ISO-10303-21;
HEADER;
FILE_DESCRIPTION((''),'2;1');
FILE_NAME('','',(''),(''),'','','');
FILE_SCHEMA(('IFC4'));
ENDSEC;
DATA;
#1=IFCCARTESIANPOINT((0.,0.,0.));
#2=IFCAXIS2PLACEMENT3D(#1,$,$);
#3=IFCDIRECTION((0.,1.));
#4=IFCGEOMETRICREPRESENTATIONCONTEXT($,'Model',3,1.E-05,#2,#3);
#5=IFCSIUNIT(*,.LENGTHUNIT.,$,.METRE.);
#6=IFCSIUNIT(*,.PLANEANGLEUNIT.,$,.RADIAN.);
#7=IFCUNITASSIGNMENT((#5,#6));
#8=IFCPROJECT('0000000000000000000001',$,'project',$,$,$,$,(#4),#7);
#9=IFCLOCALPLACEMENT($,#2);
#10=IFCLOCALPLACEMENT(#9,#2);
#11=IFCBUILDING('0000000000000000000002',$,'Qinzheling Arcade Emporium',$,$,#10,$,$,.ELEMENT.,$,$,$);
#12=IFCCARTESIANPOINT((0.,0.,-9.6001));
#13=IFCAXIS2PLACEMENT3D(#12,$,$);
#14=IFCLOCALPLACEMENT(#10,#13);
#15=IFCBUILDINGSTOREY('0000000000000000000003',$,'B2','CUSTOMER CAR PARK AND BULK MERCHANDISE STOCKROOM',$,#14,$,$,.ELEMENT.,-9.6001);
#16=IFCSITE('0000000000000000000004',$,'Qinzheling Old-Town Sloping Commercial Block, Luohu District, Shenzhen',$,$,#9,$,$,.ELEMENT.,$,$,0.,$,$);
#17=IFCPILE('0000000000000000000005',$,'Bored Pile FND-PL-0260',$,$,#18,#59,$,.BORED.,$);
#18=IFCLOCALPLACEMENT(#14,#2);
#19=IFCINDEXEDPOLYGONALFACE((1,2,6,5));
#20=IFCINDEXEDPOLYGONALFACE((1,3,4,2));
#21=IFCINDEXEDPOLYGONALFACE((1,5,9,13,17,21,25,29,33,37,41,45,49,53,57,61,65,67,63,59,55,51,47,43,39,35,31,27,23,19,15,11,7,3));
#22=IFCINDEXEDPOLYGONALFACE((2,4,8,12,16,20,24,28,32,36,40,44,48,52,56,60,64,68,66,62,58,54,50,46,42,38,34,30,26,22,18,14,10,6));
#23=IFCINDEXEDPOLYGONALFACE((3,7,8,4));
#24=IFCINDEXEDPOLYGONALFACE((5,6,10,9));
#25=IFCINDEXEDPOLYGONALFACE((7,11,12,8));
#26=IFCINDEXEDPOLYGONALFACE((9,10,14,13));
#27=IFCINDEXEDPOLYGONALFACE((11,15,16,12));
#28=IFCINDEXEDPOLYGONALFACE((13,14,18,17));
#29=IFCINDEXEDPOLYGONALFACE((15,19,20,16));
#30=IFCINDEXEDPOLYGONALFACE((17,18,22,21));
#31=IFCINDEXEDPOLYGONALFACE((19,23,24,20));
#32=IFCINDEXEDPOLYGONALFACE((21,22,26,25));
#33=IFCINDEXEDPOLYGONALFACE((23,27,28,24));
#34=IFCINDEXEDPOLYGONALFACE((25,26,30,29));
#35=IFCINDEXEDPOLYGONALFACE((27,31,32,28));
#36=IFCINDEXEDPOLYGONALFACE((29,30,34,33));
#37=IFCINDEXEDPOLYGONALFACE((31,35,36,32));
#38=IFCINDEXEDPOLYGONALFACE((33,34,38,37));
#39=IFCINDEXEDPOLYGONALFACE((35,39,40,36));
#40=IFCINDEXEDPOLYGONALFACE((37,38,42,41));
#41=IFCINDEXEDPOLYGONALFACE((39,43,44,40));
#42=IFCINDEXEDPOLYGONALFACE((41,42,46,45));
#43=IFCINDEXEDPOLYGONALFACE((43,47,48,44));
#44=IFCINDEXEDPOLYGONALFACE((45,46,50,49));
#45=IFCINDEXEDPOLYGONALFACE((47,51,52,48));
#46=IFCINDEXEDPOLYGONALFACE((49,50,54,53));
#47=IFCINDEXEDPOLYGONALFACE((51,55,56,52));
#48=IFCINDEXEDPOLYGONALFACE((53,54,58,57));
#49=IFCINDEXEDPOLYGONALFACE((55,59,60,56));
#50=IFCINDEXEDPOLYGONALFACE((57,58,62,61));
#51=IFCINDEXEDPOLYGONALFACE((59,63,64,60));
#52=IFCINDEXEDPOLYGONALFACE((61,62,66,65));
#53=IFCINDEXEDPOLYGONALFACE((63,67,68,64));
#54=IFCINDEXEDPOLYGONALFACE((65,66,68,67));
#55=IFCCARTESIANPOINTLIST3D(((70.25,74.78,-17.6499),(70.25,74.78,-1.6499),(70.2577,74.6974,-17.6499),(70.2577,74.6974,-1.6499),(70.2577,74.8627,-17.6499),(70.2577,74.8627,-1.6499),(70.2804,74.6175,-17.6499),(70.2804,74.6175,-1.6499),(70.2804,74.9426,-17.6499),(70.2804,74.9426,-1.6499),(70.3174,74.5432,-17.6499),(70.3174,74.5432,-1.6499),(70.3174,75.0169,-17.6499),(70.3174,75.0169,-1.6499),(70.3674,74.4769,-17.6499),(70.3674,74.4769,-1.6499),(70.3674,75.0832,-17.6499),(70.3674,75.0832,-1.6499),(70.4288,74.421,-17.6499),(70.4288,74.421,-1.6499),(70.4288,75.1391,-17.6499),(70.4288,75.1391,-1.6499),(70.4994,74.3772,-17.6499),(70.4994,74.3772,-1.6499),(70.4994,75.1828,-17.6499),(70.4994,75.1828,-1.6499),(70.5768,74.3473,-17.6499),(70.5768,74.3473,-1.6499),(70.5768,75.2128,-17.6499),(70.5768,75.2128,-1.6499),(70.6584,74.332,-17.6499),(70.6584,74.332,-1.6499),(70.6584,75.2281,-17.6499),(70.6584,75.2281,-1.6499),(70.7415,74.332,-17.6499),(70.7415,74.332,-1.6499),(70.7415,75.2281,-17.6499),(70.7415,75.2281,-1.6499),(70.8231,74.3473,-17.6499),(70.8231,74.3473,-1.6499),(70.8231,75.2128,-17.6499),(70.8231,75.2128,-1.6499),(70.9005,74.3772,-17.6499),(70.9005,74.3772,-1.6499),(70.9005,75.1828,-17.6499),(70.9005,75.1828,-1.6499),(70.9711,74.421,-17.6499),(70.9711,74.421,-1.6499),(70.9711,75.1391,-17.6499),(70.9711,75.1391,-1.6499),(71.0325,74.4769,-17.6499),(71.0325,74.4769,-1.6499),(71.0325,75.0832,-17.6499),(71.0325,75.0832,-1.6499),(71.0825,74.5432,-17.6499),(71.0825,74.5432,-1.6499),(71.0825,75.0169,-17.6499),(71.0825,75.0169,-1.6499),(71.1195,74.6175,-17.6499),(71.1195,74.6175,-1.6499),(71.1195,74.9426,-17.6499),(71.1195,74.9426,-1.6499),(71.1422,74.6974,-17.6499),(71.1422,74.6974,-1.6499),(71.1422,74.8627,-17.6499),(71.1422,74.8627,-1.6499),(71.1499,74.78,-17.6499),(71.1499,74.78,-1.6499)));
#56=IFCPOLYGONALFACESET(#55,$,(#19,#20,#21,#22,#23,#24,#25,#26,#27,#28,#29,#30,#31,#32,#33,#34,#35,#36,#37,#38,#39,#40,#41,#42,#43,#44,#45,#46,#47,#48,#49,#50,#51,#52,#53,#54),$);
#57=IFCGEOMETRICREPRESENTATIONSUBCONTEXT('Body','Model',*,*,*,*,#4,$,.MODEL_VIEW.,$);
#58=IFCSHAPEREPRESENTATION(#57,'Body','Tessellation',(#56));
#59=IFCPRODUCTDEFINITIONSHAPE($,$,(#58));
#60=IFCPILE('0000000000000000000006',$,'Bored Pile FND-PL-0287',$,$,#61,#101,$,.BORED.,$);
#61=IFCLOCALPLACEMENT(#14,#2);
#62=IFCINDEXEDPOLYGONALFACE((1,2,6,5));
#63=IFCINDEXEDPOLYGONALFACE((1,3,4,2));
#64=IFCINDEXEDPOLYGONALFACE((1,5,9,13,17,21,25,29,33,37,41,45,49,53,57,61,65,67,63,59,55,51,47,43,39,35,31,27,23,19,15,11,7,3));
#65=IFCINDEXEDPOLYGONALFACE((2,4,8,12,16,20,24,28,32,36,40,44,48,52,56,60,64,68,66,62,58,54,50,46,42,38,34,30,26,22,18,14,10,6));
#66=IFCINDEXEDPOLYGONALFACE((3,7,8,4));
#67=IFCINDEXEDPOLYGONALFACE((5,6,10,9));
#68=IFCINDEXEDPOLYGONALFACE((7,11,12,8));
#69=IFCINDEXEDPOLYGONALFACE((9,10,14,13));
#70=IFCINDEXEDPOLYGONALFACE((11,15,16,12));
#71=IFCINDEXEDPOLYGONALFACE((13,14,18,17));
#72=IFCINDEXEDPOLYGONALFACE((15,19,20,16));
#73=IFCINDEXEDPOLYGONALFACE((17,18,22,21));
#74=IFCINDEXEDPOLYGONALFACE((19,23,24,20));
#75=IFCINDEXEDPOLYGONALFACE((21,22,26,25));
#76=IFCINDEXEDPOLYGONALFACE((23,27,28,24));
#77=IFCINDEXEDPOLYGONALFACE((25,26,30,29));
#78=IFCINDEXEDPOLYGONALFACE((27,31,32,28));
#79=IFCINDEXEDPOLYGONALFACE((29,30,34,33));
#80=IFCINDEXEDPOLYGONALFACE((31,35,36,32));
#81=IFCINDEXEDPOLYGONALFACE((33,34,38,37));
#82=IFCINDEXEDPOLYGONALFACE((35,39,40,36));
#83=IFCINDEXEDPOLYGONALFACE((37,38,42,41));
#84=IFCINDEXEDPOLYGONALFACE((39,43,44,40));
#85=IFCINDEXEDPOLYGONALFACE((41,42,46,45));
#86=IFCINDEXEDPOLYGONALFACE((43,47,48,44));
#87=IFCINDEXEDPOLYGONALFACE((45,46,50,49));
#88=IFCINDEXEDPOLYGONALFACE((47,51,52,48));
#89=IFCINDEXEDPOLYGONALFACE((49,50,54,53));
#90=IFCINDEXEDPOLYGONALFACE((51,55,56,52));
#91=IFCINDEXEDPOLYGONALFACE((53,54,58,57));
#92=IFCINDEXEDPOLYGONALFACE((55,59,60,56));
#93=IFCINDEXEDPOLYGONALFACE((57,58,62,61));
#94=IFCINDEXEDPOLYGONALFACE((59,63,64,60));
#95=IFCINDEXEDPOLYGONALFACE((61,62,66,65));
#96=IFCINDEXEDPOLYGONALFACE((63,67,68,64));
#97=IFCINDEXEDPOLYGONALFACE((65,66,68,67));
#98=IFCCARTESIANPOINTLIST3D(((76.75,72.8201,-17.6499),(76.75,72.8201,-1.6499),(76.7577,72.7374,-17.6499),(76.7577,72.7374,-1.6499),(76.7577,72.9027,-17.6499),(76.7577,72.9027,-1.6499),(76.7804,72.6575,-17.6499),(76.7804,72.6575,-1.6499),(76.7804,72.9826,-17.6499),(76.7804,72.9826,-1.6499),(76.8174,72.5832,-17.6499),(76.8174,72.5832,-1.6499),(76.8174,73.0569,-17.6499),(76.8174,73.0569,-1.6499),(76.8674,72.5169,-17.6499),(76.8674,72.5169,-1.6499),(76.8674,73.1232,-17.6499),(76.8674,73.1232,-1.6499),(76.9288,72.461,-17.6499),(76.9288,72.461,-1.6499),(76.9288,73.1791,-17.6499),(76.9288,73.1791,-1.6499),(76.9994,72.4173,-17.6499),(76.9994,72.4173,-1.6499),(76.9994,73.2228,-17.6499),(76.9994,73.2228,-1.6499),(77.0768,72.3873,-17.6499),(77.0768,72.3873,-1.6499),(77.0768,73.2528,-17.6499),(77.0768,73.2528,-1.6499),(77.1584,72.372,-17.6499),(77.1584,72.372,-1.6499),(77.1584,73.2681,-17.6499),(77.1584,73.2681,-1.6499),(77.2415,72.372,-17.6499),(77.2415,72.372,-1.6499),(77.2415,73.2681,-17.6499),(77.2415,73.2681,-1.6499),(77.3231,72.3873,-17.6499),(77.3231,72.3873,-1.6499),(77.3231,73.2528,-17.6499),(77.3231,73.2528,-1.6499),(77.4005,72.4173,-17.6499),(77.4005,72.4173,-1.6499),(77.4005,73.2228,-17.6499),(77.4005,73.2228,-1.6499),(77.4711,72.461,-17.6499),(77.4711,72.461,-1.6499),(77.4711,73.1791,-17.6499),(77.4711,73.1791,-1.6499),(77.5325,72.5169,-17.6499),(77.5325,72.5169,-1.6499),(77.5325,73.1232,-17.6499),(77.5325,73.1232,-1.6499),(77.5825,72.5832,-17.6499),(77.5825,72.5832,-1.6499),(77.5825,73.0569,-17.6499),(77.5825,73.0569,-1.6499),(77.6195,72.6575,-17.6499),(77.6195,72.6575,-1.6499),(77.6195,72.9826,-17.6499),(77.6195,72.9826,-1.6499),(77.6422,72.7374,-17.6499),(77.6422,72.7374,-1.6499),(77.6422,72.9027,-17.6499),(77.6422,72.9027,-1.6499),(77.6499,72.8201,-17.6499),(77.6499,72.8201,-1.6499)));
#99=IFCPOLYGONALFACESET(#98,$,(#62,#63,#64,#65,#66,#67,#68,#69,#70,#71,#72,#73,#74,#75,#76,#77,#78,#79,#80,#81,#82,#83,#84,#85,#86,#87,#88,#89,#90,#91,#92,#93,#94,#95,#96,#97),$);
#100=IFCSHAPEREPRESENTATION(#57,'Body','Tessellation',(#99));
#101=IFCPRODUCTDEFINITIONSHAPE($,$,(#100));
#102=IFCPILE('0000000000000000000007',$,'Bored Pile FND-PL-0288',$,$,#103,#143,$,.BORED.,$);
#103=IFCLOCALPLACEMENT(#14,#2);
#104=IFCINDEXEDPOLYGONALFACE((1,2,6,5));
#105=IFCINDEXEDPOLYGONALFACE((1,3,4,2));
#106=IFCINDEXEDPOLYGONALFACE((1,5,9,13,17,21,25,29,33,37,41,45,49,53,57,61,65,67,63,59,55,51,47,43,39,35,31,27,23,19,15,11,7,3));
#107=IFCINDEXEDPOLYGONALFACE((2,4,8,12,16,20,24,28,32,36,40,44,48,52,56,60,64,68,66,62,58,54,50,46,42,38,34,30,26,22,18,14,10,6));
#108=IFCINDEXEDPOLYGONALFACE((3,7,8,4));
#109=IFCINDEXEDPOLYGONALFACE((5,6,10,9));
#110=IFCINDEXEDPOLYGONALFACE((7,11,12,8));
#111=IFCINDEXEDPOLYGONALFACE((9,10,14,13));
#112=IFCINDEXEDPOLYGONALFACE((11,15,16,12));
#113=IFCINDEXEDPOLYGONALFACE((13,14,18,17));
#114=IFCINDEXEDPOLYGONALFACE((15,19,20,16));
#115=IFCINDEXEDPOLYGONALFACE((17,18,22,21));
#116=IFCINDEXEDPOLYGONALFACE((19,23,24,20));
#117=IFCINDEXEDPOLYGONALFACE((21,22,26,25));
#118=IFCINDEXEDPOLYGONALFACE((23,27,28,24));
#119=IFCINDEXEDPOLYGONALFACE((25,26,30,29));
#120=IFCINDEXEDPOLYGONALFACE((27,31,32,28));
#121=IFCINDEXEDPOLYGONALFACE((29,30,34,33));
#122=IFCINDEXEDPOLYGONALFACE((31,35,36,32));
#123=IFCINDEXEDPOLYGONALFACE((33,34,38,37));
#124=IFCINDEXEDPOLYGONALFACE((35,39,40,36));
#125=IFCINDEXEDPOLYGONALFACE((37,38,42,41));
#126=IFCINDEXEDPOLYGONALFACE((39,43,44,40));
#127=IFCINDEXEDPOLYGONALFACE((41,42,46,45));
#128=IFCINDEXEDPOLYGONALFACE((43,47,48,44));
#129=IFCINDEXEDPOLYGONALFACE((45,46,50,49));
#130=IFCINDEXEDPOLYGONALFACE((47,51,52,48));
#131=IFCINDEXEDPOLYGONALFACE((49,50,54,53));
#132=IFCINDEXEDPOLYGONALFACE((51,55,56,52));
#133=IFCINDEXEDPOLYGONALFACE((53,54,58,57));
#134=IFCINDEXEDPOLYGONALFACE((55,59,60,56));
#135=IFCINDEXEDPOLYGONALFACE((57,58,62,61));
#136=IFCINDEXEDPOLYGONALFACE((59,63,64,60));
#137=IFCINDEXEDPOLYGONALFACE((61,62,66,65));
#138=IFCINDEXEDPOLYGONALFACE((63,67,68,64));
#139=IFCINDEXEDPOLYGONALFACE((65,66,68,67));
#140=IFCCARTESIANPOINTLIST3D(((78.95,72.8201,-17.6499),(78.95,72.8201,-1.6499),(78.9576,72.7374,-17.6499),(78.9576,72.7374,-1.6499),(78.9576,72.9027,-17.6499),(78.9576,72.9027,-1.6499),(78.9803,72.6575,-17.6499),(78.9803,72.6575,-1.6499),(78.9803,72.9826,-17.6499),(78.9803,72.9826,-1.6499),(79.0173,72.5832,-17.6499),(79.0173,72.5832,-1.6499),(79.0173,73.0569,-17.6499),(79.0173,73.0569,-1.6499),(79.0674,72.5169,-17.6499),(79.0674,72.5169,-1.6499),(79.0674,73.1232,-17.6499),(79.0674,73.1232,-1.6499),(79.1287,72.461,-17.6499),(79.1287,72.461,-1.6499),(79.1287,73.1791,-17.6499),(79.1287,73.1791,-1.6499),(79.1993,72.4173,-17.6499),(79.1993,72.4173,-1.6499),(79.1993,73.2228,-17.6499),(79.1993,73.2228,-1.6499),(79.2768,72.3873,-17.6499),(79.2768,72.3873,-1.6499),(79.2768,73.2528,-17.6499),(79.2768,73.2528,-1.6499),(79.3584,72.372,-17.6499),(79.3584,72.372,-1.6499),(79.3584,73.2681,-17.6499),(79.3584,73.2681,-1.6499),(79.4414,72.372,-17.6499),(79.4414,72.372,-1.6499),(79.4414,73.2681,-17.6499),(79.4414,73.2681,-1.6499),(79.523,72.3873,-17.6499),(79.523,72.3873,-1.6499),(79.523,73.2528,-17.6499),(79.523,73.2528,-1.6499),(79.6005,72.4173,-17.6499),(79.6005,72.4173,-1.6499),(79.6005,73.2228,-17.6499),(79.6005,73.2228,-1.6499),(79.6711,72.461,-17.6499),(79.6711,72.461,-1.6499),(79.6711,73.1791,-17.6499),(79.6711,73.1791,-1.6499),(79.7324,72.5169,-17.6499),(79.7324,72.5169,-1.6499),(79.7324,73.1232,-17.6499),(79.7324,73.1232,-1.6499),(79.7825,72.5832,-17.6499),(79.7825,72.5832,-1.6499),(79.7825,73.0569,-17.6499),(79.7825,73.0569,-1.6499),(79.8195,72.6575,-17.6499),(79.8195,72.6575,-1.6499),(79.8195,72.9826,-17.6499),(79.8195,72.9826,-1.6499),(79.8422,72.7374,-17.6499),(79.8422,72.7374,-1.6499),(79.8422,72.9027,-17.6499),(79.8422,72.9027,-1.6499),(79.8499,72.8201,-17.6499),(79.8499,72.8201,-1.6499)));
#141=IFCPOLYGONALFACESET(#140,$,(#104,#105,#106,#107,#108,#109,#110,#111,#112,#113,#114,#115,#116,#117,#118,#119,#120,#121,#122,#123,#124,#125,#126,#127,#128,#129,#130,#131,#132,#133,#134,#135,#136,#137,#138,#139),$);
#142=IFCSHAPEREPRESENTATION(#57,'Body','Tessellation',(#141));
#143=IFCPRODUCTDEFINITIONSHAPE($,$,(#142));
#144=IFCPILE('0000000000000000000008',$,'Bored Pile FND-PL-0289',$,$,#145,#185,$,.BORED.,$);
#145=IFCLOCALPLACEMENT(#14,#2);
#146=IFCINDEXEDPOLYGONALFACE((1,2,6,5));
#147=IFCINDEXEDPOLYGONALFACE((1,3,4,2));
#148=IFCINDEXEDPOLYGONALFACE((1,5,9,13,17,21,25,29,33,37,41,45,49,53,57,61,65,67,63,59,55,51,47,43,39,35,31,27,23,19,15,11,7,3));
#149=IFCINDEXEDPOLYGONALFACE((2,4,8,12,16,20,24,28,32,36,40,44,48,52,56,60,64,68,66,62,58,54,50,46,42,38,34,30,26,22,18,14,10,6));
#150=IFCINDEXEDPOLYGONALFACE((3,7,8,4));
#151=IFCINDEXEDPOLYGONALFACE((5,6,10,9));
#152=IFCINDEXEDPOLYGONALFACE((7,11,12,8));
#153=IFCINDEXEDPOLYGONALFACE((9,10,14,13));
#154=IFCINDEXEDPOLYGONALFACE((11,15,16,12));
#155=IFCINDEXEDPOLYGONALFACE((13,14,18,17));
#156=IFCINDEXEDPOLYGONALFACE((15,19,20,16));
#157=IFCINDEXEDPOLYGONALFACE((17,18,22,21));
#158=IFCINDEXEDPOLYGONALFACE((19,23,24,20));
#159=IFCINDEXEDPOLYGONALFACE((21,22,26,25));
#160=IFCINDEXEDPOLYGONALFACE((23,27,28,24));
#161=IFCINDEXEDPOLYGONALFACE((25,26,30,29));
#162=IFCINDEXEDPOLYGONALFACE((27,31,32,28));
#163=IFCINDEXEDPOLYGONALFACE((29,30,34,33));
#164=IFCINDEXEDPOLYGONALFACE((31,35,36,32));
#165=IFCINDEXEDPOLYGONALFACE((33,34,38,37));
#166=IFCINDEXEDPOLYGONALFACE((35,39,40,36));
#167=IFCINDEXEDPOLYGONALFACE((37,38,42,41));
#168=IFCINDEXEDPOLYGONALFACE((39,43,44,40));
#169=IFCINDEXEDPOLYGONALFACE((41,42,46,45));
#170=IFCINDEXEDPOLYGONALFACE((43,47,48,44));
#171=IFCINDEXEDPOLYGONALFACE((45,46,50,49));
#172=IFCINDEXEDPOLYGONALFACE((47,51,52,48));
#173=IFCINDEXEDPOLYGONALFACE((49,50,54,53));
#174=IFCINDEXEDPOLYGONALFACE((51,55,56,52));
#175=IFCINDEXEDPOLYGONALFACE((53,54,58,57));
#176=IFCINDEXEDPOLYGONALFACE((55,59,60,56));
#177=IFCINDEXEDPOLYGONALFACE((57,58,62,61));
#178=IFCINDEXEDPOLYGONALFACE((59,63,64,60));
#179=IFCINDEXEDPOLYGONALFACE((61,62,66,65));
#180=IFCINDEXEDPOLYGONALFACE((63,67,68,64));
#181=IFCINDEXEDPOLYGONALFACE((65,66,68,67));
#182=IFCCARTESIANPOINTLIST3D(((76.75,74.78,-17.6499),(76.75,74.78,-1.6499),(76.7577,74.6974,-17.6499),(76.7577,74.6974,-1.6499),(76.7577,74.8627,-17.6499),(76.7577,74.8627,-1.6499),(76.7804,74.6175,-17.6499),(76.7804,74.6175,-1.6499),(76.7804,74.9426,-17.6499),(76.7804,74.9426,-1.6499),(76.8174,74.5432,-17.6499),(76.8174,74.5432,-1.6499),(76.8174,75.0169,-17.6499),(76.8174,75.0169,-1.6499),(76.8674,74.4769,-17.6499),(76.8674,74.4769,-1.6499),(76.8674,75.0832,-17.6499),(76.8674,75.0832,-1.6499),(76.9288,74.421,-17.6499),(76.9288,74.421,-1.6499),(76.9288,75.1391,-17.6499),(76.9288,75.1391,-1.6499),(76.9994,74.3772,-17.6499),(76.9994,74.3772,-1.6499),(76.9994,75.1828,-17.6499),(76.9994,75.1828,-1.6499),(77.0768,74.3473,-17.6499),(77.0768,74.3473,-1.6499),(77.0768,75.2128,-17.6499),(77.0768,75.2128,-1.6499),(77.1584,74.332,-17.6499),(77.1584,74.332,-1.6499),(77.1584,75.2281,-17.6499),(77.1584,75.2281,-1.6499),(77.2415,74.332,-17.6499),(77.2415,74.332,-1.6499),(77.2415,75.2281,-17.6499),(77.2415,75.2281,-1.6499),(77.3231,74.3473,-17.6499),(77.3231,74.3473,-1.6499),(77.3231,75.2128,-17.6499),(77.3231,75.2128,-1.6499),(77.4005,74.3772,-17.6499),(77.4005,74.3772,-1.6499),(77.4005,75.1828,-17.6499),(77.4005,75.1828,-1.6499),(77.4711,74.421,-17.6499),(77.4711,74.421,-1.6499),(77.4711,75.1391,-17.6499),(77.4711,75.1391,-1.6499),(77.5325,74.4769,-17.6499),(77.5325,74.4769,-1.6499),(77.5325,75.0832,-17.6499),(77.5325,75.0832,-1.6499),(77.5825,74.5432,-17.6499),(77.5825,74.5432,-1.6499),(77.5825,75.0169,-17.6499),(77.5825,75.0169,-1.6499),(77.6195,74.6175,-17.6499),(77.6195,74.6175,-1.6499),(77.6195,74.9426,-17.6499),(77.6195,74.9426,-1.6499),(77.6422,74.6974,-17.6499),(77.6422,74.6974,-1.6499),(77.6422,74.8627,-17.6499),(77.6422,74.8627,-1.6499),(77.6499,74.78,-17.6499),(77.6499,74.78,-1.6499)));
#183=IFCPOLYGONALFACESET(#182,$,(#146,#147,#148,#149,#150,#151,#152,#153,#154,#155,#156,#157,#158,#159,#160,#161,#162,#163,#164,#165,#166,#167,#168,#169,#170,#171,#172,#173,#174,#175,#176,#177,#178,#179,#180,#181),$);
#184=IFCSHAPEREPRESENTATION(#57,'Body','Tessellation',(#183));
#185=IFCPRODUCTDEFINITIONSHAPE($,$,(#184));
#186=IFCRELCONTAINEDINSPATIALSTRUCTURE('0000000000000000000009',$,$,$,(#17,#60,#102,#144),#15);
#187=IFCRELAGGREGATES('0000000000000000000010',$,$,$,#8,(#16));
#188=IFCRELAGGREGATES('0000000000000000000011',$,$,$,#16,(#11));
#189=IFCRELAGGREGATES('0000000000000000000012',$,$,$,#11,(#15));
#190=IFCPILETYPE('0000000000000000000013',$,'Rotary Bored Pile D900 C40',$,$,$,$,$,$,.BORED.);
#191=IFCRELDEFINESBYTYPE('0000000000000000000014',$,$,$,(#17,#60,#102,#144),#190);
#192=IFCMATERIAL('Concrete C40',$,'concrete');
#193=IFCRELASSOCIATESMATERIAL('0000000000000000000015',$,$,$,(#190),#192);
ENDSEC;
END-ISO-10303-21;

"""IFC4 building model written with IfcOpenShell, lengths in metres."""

from ifc_helpers import new_model, si_unit, direction, frame, origin, origin_2d, place, context, subcontext, project, spatial, circle, extrude, material, material_profile, profile_set, type_object, element, save


model = new_model("IFC4")

# Units and contexts
model_context = context("Model", 3, precision=1e-05, world=origin(), true_north=direction((0.0, 1.0)))
body_context = subcontext(model_context, "Body", "Model", "MODEL_VIEW")
ifc_project = project(units=[si_unit("LENGTHUNIT", "METRE"), si_unit("PLANEANGLEUNIT", "RADIAN")], contexts=[model_context])

# Site, building, storey
site_placement = place(None, origin())
site = spatial("IfcSite", under=ifc_project, at=site_placement, Name="Qinzheling Old-Town Sloping Commercial Block, Luohu District, Shenzhen", CompositionType="ELEMENT", RefElevation=0.0)
building_placement = place(site_placement, origin())
building = spatial("IfcBuilding", under=site, at=building_placement, Name="Qinzheling Arcade Emporium", CompositionType="ELEMENT")
storey_placement = place(building_placement, frame((0.0, 0.0, -9.6001)))
storey = spatial("IfcBuildingStorey", under=building, at=storey_placement, Name="B2", Description="CUSTOMER CAR PARK AND BULK MERCHANDISE STOCKROOM", CompositionType="ELEMENT", Elevation=-9.6001)

# Shared definitions
ifc_material_1 = material(Name="Concrete C40", Category="concrete")

# Piles
ifc_material_profile_1 = material_profile(ifc_material_1, circle(Radius=0.45, at=origin_2d()), Name="BORED D900", Category="concrete")
ifc_profile_set_1 = profile_set([ifc_material_profile_1], Name="Concrete C40")
pile_type = type_object("IfcPileType", Name="Rotary Bored Pile D900 C40", PredefinedType="BORED", material=ifc_profile_set_1)
for number, where, z_axis, x_axis, name in (
    (1, (70.7, 74.78, -1.6499), (0.0, 0.0, -1.0), (1.0, 0.0, 0.0), "Bored Pile FND-PL-0260"),
    (2, (77.2, 72.8201, -1.6499), (0.0, 0.0, -1.0), (1.0, 0.0, 0.0), "Bored Pile FND-PL-0287"),
    (3, (79.3999, 72.8201, -1.6499), (0.0, 0.0, -1.0), (1.0, 0.0, 0.0), "Bored Pile FND-PL-0288"),
    (4, (77.2, 74.78, -1.6499), (0.0, 0.0, -1.0), (1.0, 0.0, 0.0), "Bored Pile FND-PL-0289"),
):
    element("IfcPile", number, at=place(storey_placement, frame(where, z_axis=z_axis, x_axis=x_axis)), inside=storey, type_object=pile_type, Name=name, PredefinedType="BORED", context=body_context, shape_type="SweptSolid", body=[
        extrude(circle(Radius=0.45, at=origin_2d()), origin(), (0.0, 0.0, 1.0), 16.0),
    ])

save(model, "model.ifc")
